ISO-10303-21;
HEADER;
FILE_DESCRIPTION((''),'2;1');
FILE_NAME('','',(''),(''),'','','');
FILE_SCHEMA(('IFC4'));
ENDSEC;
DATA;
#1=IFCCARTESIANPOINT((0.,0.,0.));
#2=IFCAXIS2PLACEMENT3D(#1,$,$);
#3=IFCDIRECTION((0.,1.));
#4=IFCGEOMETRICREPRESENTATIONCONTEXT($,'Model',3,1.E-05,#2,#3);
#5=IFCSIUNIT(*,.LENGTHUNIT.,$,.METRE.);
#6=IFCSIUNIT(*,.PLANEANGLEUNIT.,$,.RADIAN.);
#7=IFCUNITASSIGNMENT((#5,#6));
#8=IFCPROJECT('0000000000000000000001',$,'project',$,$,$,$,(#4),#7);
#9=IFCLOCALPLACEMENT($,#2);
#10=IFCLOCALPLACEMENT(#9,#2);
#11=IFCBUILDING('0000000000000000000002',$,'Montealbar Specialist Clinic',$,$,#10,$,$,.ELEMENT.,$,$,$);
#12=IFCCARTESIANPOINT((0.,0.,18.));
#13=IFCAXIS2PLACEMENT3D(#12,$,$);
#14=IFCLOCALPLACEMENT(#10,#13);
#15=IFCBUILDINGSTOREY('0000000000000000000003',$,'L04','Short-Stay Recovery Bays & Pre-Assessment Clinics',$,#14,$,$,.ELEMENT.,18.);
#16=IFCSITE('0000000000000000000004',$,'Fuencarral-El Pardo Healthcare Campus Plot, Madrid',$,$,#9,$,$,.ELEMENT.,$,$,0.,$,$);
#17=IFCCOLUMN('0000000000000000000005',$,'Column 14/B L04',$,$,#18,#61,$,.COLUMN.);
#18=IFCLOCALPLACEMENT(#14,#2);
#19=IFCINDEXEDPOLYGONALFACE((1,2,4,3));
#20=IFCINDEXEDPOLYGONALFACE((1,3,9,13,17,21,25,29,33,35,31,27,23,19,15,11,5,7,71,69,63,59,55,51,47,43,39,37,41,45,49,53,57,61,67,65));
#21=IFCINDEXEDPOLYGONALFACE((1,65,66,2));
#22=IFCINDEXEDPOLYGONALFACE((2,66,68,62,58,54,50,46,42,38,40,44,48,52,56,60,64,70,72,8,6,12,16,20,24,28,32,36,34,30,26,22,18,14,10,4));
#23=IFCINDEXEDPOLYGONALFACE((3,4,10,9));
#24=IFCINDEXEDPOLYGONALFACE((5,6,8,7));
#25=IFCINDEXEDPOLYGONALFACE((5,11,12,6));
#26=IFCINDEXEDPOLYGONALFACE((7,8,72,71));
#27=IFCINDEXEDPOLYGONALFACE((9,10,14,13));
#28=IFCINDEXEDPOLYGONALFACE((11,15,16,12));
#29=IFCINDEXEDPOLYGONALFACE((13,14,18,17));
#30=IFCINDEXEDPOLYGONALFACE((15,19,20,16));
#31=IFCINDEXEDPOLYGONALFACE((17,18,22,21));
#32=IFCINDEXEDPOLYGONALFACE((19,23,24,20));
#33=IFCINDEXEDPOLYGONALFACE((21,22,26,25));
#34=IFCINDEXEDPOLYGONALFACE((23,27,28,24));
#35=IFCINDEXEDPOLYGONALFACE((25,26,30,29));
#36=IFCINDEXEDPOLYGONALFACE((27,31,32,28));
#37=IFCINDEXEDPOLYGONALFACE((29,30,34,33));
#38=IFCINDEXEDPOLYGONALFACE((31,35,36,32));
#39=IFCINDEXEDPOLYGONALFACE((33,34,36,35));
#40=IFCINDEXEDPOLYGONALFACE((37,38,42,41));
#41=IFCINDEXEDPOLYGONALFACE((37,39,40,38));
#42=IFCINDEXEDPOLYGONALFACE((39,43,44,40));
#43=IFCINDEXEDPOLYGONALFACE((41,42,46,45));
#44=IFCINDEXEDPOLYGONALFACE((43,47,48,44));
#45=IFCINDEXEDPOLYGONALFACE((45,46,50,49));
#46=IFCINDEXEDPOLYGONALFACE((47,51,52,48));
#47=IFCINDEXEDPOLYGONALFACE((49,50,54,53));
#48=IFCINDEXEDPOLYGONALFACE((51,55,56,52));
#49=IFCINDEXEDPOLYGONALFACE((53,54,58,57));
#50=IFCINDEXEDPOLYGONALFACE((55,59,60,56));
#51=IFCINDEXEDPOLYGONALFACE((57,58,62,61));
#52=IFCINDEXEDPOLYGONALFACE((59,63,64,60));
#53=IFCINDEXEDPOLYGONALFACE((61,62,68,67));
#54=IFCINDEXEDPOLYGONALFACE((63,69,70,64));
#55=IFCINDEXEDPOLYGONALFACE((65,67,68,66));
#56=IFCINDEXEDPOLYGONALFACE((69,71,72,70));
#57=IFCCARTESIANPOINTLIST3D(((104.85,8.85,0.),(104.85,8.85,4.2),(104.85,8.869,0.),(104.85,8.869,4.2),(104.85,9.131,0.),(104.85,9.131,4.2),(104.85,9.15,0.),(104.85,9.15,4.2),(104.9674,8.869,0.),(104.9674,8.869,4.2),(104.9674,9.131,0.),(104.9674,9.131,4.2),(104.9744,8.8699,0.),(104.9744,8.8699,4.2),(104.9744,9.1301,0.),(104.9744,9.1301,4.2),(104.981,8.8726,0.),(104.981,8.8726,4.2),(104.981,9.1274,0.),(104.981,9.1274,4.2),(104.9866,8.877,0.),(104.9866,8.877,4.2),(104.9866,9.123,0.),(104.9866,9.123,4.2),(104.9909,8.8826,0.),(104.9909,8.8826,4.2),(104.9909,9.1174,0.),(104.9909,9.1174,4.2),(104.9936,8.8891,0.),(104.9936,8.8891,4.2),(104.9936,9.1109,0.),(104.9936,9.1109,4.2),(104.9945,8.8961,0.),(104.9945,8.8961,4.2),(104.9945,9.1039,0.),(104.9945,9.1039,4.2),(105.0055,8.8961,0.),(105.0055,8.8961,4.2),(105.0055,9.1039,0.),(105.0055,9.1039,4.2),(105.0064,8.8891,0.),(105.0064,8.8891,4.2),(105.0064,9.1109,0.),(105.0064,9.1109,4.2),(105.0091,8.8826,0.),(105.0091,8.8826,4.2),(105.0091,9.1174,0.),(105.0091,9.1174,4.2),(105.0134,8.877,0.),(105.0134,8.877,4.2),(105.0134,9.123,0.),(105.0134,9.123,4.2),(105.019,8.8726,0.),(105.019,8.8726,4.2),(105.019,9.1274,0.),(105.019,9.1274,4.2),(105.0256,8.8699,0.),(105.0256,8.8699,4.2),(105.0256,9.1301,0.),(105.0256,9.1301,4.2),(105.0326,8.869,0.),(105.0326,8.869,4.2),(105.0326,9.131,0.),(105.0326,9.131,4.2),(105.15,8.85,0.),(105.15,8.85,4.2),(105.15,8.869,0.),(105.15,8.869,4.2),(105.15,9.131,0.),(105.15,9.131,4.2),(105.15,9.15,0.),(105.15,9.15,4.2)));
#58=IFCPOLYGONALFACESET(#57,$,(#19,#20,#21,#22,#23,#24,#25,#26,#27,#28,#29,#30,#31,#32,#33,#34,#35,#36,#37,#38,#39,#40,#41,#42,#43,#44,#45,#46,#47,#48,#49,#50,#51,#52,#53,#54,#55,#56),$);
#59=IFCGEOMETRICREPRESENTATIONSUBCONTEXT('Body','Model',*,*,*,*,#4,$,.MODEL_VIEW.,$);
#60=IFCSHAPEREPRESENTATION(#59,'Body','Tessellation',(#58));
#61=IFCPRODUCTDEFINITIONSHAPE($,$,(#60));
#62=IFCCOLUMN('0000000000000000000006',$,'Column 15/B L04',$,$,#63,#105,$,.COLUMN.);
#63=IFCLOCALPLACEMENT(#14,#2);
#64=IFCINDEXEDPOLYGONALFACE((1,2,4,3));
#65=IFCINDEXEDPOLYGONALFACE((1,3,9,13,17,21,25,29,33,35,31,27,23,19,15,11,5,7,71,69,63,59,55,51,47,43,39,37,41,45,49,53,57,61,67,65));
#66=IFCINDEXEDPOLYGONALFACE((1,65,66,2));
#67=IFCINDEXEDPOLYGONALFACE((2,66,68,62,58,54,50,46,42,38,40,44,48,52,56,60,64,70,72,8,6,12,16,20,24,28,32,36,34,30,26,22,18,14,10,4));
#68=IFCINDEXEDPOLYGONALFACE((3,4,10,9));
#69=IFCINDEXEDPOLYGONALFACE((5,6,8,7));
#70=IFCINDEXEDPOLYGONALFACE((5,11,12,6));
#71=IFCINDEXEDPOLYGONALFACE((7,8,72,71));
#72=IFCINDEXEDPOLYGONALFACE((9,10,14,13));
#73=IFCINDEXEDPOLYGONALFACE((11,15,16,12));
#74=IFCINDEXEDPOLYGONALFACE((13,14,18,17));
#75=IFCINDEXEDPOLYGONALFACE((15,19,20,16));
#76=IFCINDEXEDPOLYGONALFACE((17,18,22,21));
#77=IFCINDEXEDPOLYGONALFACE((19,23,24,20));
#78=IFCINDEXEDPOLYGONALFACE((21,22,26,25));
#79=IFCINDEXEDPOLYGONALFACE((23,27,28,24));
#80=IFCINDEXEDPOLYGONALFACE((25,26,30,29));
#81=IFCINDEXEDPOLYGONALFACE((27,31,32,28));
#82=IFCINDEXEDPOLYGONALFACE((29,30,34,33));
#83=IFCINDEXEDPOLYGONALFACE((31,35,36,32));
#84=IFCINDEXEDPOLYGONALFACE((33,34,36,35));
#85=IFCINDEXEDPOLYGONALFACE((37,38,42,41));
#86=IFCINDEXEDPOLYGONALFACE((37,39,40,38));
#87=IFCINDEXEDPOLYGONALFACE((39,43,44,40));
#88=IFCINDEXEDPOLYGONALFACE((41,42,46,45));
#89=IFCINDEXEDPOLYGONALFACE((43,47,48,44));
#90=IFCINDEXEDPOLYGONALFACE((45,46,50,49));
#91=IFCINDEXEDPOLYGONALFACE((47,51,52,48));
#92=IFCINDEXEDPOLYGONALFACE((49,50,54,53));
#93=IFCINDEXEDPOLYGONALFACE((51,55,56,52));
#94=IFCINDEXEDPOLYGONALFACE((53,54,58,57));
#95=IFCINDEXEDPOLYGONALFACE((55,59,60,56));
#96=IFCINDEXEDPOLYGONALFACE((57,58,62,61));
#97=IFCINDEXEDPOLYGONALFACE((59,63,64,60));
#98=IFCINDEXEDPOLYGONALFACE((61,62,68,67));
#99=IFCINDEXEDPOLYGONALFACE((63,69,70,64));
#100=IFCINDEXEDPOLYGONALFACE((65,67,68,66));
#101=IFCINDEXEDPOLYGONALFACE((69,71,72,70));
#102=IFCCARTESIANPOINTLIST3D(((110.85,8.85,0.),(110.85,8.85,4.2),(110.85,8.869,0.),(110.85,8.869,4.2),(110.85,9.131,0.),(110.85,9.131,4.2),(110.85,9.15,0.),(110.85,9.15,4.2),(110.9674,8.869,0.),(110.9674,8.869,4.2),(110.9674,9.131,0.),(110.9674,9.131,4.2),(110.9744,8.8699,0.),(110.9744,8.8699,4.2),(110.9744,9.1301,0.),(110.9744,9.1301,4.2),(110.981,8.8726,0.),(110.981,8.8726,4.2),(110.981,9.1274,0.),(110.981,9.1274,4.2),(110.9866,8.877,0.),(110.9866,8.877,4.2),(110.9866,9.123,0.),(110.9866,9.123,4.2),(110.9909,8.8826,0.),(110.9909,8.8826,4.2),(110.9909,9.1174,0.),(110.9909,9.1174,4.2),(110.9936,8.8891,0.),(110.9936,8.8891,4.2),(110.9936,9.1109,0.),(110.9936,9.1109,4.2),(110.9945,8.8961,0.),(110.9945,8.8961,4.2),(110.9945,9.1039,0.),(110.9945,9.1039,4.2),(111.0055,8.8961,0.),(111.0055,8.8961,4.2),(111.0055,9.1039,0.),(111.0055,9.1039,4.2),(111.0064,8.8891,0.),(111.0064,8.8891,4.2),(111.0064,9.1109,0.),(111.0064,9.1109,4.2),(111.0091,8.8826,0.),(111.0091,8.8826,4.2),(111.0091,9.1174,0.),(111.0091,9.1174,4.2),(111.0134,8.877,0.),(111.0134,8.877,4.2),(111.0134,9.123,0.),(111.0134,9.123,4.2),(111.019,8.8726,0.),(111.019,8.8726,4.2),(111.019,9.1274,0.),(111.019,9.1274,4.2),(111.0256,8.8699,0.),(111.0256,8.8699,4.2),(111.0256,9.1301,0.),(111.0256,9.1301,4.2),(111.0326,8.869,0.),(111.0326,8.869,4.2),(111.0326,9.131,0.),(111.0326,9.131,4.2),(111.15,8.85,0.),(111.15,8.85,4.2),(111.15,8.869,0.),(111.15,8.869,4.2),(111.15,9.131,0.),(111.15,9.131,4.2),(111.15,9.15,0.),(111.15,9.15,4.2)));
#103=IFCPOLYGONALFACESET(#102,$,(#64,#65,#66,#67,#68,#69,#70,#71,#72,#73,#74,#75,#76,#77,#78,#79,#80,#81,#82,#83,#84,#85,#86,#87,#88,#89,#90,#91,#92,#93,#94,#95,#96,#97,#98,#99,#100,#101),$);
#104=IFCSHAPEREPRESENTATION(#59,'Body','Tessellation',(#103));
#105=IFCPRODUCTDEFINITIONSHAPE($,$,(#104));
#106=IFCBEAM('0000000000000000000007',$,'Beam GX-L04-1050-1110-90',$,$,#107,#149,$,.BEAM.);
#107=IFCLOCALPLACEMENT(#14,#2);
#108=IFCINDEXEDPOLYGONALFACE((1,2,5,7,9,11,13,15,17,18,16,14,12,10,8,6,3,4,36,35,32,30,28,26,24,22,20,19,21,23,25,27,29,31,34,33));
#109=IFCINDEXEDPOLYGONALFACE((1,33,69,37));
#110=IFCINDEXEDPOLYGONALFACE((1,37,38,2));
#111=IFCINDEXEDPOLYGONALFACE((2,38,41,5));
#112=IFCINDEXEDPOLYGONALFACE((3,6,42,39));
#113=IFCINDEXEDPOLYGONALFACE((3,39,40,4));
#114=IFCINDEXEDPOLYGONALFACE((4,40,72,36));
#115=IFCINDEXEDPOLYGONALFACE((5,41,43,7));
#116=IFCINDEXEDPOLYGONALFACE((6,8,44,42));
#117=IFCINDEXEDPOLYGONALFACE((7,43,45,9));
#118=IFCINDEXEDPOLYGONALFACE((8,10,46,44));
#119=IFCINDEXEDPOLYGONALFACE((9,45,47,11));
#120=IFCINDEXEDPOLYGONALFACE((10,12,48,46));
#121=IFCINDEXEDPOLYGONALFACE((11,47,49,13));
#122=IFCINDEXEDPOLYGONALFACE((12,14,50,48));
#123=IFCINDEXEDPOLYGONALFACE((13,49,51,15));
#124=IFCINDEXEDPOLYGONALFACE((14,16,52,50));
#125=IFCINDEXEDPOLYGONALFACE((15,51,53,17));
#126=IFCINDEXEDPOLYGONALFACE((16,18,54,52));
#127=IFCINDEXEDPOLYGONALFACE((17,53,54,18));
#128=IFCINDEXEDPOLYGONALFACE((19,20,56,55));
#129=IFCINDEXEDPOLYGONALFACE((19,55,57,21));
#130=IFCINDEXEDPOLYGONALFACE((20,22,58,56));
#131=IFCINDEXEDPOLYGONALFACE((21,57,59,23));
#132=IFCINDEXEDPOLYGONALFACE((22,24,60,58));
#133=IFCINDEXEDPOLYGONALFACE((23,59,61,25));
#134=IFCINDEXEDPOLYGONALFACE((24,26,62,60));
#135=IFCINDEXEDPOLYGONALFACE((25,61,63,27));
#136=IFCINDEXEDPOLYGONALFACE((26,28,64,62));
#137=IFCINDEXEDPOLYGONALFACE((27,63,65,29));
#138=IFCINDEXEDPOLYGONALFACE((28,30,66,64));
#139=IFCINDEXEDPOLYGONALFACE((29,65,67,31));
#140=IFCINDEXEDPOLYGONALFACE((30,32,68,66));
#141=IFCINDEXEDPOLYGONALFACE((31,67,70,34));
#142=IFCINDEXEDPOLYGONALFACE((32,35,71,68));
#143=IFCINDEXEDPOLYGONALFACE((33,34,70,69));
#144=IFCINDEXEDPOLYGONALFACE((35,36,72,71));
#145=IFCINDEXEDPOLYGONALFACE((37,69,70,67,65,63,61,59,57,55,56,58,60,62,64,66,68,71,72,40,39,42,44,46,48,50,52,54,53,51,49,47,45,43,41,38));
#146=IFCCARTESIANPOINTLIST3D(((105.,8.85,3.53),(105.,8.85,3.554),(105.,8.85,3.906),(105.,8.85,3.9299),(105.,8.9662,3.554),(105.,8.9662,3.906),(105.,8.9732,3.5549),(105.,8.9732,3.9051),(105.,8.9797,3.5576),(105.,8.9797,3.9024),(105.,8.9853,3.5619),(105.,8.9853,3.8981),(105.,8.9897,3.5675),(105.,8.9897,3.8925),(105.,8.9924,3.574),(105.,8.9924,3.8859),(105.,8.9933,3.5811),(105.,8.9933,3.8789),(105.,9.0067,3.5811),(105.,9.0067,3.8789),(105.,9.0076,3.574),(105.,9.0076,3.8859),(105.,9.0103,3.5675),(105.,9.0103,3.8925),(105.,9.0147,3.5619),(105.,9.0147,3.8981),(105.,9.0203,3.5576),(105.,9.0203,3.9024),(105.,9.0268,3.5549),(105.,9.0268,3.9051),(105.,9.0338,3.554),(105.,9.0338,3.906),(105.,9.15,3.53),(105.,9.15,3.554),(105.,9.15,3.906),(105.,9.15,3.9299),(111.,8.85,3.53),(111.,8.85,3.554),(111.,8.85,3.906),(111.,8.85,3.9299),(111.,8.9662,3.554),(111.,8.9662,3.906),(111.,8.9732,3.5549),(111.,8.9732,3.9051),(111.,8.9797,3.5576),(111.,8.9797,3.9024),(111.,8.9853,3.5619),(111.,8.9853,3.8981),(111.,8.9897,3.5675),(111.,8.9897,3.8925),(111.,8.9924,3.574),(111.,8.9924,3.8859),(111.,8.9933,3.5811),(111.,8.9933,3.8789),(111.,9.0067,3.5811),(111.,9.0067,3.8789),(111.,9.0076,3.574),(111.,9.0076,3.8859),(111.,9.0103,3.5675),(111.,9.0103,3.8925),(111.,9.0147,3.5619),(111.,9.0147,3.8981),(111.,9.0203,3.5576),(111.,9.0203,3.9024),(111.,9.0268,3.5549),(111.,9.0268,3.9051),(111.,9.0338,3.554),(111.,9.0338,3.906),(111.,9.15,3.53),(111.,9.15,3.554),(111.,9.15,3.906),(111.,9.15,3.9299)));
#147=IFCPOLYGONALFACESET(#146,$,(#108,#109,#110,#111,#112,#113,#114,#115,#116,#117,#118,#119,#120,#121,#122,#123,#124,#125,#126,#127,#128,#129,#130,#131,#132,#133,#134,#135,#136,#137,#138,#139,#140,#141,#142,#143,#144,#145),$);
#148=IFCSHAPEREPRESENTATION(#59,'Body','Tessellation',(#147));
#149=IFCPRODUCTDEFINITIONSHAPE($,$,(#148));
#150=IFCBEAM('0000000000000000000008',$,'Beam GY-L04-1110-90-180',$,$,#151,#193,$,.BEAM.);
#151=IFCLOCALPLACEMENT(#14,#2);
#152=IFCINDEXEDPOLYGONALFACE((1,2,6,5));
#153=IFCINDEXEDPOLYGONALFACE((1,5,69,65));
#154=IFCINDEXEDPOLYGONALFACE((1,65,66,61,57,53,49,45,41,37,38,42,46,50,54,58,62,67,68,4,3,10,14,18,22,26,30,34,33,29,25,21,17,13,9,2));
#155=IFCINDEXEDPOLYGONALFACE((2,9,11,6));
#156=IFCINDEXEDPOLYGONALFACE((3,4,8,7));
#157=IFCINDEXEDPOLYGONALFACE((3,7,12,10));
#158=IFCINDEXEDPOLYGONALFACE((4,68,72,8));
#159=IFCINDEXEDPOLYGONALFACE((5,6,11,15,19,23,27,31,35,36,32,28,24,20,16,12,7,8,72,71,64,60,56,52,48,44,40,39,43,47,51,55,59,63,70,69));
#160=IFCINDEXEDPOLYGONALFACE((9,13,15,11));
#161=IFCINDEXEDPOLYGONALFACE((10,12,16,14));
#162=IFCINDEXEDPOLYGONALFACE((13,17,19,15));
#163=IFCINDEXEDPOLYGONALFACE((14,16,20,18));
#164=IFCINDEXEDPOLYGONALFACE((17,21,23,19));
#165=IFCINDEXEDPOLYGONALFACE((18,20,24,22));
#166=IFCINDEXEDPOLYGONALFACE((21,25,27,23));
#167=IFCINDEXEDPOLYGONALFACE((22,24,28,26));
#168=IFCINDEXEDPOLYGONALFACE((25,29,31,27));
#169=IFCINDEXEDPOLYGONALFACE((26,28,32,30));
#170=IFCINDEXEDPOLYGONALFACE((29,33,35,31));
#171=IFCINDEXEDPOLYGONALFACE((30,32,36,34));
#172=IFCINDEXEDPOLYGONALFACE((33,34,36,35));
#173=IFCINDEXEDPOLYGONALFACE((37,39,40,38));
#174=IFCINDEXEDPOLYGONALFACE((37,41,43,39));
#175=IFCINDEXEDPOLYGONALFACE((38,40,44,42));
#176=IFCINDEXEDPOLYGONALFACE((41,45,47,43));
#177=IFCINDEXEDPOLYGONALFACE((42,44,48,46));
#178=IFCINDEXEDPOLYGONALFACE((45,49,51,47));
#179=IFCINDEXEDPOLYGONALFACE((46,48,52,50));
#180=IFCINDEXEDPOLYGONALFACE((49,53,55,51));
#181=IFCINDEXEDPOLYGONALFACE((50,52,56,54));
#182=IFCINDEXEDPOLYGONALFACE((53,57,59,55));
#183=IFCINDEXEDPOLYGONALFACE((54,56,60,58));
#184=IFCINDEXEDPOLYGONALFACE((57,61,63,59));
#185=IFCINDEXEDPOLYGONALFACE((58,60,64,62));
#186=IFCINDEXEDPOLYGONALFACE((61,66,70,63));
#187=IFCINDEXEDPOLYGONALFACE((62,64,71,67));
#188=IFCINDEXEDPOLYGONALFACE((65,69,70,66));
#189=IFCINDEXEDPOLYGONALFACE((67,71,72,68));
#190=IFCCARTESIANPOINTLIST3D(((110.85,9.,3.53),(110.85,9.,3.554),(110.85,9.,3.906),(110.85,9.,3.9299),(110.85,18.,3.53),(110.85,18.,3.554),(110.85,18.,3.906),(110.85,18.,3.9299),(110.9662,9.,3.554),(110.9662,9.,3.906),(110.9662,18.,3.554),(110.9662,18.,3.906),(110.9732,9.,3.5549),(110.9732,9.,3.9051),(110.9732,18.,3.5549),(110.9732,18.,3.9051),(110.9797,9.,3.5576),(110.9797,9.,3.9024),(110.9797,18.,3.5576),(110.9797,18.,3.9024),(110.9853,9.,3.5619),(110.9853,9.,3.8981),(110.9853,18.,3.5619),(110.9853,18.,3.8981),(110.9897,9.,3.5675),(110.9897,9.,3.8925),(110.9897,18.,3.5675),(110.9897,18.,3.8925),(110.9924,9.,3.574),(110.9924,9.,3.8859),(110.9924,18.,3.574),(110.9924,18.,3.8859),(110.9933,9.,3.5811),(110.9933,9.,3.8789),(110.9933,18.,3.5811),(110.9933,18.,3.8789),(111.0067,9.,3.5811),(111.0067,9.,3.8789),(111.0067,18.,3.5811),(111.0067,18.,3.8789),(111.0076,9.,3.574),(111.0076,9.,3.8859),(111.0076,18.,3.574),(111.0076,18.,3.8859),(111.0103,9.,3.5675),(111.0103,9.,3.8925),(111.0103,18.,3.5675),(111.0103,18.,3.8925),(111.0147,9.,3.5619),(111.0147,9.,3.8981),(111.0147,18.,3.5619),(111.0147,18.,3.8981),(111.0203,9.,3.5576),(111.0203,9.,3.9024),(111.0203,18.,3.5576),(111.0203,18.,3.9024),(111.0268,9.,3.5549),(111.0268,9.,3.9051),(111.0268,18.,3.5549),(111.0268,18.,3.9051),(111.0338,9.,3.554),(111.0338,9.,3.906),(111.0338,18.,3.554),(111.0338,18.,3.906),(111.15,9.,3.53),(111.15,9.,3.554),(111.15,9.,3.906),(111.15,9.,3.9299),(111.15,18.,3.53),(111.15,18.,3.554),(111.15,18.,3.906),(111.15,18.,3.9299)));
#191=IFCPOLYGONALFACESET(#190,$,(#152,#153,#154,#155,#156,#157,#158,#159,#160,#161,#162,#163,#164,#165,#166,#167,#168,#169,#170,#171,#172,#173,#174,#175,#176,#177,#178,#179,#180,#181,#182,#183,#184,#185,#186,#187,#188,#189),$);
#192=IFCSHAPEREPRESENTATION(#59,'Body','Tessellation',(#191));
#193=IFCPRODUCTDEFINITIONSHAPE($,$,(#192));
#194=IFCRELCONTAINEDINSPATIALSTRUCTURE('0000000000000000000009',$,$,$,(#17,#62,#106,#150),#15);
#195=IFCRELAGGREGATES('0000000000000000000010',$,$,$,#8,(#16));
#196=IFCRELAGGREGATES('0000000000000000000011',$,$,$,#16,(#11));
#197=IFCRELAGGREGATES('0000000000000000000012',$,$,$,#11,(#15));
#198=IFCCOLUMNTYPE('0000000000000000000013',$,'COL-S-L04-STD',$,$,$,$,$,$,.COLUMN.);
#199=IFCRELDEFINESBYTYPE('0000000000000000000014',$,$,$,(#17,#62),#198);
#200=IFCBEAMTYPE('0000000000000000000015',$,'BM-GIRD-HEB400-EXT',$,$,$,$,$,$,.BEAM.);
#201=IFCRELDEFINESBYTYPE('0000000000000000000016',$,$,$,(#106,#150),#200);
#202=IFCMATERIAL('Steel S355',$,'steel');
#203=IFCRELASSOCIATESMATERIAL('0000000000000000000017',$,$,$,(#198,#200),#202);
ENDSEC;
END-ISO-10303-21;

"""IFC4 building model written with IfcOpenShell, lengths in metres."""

from ifc_helpers import new_model, si_unit, direction, frame, origin, origin_2d, place, context, subcontext, project, spatial, i_section, extrude, material, material_profile, profile_set, type_object, element, save


model = new_model("IFC4")

# Units and contexts
model_context = context("Model", 3, precision=1e-05, world=origin(), true_north=direction((0.0, 1.0)))
body_context = subcontext(model_context, "Body", "Model", "MODEL_VIEW")
ifc_project = project(units=[si_unit("LENGTHUNIT", "METRE"), si_unit("PLANEANGLEUNIT", "RADIAN")], contexts=[model_context])

# Site, building, storey
site_placement = place(None, origin())
site = spatial("IfcSite", under=ifc_project, at=site_placement, Name="Fuencarral-El Pardo Healthcare Campus Plot, Madrid", CompositionType="ELEMENT", RefElevation=0.0)
building_placement = place(site_placement, origin())
building = spatial("IfcBuilding", under=site, at=building_placement, Name="Montealbar Specialist Clinic", CompositionType="ELEMENT")
storey_placement = place(building_placement, frame((0.0, 0.0, 18.0)))
storey = spatial("IfcBuildingStorey", under=building, at=storey_placement, Name="L04", Description="Short-Stay Recovery Bays & Pre-Assessment Clinics", CompositionType="ELEMENT", Elevation=18.0)

# Columns
ifc_material_1 = material(Name="Steel S355", Category="steel")
ifc_material_profile_1 = material_profile(ifc_material_1, i_section(OverallWidth=0.3, OverallDepth=0.3, WebThickness=0.011, FlangeThickness=0.019, FilletRadius=0.0271, at=origin_2d()), Name="HEB 300", Category="steel")
ifc_profile_set_1 = profile_set([ifc_material_profile_1], Name="Steel S355")
column_type = type_object("IfcColumnType", Name="COL-S-L04-STD", PredefinedType="COLUMN", material=ifc_profile_set_1)
for number, where, z_axis, x_axis, name in (
    (1, (105.0, 9.0, 0.0), (0.0, 0.0, 1.0), (1.0, 0.0, 0.0), "Column 14/B L04"),
    (2, (111.0, 9.0, 0.0), (0.0, 0.0, 1.0), (1.0, 0.0, 0.0), "Column 15/B L04"),
):
    element("IfcColumn", number, at=place(storey_placement, frame(where, z_axis=z_axis, x_axis=x_axis)), inside=storey, type_object=column_type, Name=name, PredefinedType="COLUMN", context=body_context, shape_type="SweptSolid", body=[
        extrude(i_section(OverallWidth=0.3, OverallDepth=0.3, WebThickness=0.011, FlangeThickness=0.019, FilletRadius=0.0271, at=origin_2d()), origin(), (0.0, 0.0, 1.0), 4.2),
    ])

# Beams
ifc_material_profile_2 = material_profile(ifc_material_1, i_section(OverallWidth=0.3, OverallDepth=0.3999, WebThickness=0.0134, FlangeThickness=0.0239, FilletRadius=0.0271, at=origin_2d()), Name="HEB 400", Category="steel")
ifc_profile_set_2 = profile_set([ifc_material_profile_2], Name="Steel S355")
beam_type_1 = type_object("IfcBeamType", Name="BM-GIRD-HEB400-EXT", PredefinedType="BEAM", material=ifc_profile_set_2)
beam_1_placement = place(storey_placement, frame((105.0, 9.0, 3.73), z_axis=(1.0, 0.0, 0.0), x_axis=(0.0, 1.0, 0.0)))
element("IfcBeam", 3, at=beam_1_placement, inside=storey, type_object=beam_type_1, Name="Beam GX-L04-1050-1110-90", PredefinedType="BEAM", context=body_context, shape_type="SweptSolid", body=[
    extrude(i_section(OverallWidth=0.3, OverallDepth=0.3999, WebThickness=0.0134, FlangeThickness=0.0239, FilletRadius=0.0271, at=origin_2d()), origin(), (0.0, 0.0, 1.0), 6.0),
])
beam_2_placement = place(storey_placement, frame((111.0, 9.0, 3.73), z_axis=(0.0, 1.0, 0.0), x_axis=(-1.0, 0.0, 0.0)))
element("IfcBeam", 4, at=beam_2_placement, inside=storey, type_object=beam_type_1, Name="Beam GY-L04-1110-90-180", PredefinedType="BEAM", context=body_context, shape_type="SweptSolid", body=[
    extrude(i_section(OverallWidth=0.3, OverallDepth=0.3999, WebThickness=0.0134, FlangeThickness=0.0239, FilletRadius=0.0271, at=origin_2d()), origin(), (0.0, 0.0, 1.0), 9.0),
])

save(model, "model.ifc")
